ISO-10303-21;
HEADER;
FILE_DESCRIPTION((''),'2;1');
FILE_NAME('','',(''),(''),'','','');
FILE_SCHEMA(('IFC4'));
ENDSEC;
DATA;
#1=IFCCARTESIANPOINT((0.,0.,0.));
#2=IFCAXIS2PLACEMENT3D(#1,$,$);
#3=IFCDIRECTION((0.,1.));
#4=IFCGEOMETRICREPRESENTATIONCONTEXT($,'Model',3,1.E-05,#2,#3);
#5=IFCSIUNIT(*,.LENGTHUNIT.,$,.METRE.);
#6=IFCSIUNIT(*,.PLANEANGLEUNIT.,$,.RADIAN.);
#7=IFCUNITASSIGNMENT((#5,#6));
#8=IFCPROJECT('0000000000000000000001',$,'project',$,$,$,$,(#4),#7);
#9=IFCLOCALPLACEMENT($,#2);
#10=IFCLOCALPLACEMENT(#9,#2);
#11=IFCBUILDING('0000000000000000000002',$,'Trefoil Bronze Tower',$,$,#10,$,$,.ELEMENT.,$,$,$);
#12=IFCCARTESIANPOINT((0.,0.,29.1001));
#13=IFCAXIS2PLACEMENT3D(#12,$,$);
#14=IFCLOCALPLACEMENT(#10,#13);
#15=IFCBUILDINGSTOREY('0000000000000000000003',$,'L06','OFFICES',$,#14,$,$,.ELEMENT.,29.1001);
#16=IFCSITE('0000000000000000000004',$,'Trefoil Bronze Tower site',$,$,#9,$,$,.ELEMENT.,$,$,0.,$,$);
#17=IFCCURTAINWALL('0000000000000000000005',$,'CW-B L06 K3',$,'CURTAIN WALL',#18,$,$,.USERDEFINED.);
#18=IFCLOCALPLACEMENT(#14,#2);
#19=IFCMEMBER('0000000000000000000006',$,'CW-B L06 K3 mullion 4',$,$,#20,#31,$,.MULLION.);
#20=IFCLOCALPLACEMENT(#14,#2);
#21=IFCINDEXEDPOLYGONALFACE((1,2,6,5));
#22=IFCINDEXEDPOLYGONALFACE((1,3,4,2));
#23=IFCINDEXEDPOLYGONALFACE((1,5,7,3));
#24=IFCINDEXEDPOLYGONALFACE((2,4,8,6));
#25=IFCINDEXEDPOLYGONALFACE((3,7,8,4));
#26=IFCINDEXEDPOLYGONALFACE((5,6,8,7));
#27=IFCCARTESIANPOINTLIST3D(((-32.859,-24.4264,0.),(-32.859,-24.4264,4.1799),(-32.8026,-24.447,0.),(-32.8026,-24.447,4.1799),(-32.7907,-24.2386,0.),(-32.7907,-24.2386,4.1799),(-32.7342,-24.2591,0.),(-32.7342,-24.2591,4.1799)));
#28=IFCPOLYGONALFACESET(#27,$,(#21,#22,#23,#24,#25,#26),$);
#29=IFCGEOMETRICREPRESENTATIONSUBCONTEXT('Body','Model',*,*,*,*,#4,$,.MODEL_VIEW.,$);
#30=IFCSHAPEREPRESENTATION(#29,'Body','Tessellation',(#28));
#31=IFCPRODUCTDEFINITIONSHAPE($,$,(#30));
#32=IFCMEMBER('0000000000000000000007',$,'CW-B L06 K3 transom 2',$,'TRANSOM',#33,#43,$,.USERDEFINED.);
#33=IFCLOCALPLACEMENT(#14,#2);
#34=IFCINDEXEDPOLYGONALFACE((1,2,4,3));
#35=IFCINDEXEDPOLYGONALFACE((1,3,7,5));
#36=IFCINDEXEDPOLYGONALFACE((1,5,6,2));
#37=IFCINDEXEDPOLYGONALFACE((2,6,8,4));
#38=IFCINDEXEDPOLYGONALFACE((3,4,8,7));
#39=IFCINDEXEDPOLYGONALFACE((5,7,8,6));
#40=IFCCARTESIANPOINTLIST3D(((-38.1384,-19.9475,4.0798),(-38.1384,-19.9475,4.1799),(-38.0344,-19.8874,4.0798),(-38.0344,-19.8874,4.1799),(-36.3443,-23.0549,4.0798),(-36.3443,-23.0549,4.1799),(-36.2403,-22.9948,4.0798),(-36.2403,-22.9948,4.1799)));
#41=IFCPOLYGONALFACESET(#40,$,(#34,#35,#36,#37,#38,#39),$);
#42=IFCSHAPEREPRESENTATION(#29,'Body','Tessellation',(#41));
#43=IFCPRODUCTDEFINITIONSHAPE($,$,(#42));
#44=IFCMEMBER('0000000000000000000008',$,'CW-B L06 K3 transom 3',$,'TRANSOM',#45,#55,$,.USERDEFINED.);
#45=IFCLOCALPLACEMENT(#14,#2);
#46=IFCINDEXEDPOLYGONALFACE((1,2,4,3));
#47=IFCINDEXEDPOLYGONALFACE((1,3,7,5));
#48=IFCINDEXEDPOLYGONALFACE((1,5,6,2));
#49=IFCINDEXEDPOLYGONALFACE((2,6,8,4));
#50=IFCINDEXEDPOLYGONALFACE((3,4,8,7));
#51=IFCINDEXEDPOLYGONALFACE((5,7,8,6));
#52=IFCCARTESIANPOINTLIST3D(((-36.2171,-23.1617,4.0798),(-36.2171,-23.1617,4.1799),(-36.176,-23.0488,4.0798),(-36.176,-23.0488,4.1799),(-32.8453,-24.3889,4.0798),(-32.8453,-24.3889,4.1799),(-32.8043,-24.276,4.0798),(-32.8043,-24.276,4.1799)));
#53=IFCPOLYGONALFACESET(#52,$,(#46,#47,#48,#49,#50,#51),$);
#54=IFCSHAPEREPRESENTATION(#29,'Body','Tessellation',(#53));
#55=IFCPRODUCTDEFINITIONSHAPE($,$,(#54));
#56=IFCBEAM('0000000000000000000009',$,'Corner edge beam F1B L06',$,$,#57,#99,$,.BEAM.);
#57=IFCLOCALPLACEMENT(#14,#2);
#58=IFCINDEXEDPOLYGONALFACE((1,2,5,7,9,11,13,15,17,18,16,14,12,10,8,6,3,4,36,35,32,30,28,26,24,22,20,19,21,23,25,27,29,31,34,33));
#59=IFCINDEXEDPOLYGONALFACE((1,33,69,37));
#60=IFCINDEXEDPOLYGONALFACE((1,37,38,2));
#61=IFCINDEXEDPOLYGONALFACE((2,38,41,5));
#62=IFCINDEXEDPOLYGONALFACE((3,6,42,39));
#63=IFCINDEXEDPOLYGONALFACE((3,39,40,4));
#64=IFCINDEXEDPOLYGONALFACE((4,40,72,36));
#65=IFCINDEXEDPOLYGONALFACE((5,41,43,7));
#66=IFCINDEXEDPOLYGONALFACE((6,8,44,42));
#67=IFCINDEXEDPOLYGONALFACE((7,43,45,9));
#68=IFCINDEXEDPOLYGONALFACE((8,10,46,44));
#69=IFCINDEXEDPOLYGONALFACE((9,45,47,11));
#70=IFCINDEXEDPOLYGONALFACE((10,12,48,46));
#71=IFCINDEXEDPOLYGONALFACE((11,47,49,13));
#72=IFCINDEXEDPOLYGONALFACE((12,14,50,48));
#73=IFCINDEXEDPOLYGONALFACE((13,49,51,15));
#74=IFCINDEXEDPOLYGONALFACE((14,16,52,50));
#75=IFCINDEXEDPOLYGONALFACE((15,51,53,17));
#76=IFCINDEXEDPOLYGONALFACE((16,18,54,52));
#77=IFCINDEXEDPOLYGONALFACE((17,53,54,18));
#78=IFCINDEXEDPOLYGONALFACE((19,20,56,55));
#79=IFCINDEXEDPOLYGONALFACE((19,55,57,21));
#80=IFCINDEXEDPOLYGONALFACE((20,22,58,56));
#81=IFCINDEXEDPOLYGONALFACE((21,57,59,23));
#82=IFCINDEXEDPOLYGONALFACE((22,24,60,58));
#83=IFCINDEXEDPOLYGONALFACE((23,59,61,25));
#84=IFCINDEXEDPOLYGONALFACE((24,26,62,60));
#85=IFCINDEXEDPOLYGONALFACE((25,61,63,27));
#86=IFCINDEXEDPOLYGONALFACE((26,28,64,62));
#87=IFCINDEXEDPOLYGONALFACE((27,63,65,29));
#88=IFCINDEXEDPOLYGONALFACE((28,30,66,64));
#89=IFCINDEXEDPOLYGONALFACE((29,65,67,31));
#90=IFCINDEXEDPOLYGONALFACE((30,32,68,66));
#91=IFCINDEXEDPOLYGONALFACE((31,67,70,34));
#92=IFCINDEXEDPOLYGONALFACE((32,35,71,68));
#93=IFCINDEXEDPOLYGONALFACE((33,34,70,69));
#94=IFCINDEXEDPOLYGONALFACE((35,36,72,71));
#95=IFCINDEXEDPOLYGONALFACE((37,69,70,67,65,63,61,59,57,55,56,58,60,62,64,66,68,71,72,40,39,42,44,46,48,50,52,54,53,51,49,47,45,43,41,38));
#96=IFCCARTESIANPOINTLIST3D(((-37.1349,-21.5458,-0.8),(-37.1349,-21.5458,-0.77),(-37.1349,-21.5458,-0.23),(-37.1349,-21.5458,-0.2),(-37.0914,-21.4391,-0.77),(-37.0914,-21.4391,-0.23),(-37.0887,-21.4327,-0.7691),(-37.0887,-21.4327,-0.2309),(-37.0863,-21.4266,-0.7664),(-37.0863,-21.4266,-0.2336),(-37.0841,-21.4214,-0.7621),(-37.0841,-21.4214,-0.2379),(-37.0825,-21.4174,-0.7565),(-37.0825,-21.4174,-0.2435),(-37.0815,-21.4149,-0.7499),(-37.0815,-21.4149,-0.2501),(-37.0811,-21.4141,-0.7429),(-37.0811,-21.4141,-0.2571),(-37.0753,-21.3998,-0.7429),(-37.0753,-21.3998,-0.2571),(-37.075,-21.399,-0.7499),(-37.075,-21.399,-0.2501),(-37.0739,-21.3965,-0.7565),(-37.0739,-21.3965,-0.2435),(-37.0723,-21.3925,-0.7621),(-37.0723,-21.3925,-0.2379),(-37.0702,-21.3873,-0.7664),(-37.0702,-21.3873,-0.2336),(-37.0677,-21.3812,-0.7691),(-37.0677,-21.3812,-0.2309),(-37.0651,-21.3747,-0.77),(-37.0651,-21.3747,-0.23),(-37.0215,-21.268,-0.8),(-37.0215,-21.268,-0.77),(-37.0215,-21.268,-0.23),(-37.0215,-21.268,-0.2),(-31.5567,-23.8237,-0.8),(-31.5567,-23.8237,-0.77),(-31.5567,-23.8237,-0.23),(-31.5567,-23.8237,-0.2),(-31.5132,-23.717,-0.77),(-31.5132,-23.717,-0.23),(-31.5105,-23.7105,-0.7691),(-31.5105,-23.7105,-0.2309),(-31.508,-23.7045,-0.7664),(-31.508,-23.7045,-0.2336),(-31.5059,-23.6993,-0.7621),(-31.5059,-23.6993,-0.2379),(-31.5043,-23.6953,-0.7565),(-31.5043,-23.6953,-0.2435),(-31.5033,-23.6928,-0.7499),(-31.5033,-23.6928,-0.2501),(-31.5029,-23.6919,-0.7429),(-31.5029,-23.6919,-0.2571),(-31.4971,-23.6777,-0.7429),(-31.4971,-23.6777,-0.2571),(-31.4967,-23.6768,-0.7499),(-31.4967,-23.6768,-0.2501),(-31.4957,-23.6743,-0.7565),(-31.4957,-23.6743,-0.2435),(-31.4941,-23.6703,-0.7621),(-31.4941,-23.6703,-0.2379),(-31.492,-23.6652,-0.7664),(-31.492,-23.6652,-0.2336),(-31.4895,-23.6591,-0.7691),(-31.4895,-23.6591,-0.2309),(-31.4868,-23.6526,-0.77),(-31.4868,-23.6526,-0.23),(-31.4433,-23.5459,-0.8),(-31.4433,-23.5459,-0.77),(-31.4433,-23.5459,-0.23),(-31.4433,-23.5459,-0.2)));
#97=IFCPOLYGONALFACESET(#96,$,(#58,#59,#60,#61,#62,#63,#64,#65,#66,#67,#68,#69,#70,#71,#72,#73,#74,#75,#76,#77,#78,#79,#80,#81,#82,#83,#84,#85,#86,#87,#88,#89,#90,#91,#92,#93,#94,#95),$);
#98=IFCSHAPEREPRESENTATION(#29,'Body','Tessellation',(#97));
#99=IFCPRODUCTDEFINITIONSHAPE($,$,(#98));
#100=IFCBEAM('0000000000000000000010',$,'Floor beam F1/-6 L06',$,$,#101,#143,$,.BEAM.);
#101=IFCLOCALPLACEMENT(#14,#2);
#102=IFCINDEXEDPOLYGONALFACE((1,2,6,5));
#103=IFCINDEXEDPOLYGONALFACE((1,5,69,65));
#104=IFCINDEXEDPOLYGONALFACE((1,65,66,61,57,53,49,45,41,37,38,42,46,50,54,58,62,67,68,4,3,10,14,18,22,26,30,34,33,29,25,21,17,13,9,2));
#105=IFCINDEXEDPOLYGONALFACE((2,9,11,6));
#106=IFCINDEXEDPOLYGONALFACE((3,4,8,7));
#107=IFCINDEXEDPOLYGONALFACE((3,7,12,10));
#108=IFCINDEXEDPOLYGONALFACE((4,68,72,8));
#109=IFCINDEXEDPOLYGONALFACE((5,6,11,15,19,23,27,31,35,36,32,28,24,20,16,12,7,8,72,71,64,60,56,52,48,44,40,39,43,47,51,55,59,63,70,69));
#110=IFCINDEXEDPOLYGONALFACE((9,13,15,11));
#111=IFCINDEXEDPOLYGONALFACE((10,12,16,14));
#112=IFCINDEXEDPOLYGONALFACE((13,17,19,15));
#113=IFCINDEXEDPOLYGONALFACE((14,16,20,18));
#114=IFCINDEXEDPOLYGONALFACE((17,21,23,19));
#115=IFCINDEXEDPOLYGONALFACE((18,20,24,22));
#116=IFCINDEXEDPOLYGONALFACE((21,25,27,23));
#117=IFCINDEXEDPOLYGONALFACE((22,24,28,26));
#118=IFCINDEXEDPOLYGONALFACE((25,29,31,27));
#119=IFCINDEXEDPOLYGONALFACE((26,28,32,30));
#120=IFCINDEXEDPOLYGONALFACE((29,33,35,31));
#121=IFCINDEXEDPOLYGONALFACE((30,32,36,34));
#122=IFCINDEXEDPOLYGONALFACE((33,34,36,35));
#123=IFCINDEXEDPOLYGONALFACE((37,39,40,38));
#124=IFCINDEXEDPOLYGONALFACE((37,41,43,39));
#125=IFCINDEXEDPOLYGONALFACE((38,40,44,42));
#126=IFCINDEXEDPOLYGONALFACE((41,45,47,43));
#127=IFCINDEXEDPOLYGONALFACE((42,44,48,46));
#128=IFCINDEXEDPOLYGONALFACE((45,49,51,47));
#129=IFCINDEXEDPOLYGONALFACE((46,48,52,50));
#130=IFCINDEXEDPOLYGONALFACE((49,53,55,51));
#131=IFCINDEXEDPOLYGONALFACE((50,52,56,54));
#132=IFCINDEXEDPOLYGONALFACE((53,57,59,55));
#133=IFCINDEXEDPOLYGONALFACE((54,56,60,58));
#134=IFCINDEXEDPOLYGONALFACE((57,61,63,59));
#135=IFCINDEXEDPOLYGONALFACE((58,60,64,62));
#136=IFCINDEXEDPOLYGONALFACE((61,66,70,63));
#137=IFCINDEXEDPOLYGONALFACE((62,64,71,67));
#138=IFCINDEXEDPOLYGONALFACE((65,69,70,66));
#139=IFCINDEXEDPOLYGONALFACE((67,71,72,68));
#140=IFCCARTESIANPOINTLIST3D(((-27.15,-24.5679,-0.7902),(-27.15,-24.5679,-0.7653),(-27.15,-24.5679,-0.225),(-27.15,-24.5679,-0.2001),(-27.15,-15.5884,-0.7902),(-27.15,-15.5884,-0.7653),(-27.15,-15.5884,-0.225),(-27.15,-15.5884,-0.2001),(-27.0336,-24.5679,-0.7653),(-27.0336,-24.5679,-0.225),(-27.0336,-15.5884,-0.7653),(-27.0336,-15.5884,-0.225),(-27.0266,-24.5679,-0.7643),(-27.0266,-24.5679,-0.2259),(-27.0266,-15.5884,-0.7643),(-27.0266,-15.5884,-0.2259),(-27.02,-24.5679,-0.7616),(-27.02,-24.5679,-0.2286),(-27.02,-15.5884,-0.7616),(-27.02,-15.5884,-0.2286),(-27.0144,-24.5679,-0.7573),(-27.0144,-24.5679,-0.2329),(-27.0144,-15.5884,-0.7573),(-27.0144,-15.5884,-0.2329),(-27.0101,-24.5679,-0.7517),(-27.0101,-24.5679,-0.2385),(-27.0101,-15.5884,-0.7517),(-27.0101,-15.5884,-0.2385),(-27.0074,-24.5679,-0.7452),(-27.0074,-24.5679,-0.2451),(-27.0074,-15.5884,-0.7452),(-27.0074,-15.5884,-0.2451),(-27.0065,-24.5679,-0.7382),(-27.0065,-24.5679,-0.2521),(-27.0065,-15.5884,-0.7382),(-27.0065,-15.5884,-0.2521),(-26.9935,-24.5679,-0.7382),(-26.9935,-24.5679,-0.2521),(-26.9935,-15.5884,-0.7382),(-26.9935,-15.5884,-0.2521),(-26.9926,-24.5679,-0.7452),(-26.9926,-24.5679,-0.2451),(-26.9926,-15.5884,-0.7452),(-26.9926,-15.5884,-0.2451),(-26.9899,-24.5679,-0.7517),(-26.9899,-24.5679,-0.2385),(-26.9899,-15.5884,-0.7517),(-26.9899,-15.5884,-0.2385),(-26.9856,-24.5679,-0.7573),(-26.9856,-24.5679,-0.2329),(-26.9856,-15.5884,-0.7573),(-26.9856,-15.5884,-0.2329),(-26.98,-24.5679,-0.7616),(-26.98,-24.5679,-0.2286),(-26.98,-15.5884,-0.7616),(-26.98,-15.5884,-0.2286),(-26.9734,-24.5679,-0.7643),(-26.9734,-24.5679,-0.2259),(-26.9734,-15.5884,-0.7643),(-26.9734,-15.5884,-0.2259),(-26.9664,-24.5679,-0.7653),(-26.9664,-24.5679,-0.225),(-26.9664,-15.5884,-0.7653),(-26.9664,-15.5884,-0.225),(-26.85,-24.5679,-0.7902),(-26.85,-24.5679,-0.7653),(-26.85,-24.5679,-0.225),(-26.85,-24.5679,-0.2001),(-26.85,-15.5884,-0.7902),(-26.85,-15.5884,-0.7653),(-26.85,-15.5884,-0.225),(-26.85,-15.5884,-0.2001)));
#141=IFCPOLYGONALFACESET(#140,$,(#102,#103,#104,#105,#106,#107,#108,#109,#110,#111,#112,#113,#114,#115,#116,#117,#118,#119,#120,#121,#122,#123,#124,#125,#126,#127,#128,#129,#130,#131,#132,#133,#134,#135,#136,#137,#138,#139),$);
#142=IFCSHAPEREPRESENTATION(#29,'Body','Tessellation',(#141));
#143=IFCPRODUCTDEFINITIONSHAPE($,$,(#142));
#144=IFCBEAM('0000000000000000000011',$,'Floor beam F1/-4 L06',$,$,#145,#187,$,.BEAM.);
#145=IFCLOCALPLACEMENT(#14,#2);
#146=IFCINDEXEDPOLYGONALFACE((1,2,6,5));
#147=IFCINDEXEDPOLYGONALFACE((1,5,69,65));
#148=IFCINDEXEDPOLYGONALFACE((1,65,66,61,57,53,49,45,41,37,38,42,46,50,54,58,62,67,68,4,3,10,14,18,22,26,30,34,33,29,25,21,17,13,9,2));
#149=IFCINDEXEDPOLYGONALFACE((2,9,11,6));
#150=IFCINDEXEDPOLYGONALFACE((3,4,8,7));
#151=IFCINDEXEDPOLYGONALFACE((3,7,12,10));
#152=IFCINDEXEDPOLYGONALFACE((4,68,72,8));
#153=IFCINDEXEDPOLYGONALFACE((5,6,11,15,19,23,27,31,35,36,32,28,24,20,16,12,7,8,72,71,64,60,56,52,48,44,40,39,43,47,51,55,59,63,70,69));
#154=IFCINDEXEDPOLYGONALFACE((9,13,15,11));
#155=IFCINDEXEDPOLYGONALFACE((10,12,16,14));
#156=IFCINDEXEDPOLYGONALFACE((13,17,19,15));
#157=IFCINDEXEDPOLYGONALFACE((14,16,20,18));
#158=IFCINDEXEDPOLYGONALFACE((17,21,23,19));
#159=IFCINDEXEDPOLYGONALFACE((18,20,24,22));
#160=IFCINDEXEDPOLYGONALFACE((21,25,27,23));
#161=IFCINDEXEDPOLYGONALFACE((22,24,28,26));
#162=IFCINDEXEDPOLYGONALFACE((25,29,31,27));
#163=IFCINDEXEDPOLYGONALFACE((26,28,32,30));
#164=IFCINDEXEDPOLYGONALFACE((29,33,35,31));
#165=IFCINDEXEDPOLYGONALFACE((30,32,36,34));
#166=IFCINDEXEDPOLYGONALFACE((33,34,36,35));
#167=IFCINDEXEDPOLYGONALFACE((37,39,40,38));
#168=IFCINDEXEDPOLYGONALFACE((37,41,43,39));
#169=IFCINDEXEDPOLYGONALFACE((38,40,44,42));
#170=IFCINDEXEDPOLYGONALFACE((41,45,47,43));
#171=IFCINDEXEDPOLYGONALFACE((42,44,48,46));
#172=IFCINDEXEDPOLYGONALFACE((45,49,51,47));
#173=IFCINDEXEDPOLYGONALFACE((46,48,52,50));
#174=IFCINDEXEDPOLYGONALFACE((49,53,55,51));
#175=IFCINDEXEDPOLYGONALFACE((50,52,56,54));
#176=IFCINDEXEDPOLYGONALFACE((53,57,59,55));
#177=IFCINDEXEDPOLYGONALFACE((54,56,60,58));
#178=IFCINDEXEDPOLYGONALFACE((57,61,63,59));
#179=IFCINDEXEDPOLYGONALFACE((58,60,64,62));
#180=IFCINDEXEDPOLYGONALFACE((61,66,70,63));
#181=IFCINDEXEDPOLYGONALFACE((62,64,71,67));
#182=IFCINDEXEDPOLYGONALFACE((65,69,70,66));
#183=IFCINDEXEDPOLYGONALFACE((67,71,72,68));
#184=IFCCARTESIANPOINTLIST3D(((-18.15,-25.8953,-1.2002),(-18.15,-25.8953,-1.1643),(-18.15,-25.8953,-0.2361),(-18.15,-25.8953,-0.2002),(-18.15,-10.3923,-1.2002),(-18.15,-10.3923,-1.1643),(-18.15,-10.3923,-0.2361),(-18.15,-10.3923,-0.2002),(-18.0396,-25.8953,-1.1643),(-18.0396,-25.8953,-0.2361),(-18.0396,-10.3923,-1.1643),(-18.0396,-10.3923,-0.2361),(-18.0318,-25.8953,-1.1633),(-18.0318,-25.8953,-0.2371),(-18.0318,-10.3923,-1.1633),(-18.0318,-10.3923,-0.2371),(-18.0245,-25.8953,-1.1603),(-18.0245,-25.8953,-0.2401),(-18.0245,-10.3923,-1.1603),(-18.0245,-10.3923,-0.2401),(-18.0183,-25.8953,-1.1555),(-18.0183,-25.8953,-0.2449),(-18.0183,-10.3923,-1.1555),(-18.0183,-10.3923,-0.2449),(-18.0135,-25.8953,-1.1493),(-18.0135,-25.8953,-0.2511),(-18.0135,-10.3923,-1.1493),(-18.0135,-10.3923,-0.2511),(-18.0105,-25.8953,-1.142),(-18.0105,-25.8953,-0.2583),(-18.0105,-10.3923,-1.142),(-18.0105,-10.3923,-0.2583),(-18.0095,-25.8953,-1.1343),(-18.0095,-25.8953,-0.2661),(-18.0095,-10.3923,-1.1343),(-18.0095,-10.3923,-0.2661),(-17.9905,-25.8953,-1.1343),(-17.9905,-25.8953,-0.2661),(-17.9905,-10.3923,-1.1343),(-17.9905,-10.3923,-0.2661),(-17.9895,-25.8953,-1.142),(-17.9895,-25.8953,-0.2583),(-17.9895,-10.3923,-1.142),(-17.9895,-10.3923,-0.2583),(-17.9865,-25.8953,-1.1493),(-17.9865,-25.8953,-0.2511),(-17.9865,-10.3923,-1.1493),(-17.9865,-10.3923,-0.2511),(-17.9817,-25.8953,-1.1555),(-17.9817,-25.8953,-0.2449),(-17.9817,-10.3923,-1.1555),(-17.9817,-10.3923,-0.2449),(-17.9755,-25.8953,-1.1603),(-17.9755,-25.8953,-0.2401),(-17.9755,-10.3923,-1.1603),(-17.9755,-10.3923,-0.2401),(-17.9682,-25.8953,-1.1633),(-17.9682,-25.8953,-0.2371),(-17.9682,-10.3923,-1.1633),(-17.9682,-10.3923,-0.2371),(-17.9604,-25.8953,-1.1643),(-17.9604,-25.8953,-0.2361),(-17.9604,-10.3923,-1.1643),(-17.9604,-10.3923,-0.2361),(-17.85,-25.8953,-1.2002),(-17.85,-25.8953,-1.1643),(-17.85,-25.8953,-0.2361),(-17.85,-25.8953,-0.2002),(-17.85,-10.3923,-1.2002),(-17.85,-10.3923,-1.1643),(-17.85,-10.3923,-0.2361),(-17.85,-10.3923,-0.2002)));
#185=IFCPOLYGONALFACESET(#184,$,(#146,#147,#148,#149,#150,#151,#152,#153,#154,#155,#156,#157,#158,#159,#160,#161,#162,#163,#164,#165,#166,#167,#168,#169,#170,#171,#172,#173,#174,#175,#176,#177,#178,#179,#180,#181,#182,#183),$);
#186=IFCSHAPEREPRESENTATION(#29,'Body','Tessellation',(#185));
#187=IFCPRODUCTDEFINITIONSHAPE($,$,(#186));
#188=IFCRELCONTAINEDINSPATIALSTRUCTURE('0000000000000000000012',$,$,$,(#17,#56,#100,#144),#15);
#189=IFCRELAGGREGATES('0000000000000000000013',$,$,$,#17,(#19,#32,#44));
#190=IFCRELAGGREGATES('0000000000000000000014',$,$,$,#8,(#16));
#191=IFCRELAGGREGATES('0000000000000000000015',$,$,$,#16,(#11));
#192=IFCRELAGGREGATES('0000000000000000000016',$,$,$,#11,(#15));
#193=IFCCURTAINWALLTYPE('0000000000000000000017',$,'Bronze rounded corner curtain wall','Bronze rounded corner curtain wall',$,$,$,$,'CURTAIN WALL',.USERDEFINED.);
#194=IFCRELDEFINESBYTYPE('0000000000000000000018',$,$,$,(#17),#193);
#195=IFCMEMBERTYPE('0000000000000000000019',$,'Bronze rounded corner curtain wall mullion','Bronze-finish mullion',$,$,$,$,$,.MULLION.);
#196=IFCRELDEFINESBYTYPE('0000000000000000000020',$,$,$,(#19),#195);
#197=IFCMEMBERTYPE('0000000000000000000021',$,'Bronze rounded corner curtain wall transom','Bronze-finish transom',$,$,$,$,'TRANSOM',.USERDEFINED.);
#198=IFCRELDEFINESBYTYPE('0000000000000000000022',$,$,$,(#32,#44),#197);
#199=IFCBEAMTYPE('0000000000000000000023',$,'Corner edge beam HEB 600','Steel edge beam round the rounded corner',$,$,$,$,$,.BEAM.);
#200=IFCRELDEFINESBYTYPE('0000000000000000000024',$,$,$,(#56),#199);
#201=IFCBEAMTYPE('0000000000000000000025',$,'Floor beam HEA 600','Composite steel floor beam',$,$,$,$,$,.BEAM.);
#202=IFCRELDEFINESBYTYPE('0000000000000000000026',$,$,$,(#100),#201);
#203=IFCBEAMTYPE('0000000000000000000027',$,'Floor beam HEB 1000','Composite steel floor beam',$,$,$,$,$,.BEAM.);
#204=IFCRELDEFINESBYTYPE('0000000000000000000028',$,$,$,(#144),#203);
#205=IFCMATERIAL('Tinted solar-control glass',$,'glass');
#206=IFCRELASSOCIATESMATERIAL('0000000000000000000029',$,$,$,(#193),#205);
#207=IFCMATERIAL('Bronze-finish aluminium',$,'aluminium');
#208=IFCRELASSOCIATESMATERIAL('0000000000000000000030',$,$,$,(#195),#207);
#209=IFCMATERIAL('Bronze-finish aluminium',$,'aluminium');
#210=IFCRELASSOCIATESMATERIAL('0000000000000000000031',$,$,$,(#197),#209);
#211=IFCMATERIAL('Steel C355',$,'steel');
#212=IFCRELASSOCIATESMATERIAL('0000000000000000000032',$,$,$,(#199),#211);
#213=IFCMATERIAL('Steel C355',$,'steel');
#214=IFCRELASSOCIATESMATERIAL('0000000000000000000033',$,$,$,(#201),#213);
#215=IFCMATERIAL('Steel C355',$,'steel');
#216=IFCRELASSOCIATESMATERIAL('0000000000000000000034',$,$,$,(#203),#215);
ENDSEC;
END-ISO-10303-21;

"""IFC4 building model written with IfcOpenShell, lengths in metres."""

from ifc_helpers import new_model, si_unit, direction, frame, origin, origin_2d, place, context, subcontext, project, spatial, rectangle, i_section, extrude, material, material_profile, profile_set, type_object, element, aggregate, save


model = new_model("IFC4")

# Units and contexts
model_context = context("Model", 3, precision=1e-05, world=origin(), true_north=direction((0.0, 1.0)))
body_context = subcontext(model_context, "Body", "Model", "MODEL_VIEW")
ifc_project = project(units=[si_unit("LENGTHUNIT", "METRE"), si_unit("PLANEANGLEUNIT", "RADIAN")], contexts=[model_context])

# Site, building, storey
site_placement = place(None, origin())
site = spatial("IfcSite", under=ifc_project, at=site_placement, Name="Trefoil Bronze Tower site", CompositionType="ELEMENT", RefElevation=0.0)
building_placement = place(site_placement, origin())
building = spatial("IfcBuilding", under=site, at=building_placement, Name="Trefoil Bronze Tower", CompositionType="ELEMENT")
storey_placement = place(building_placement, frame((0.0, 0.0, 29.1001)))
storey = spatial("IfcBuildingStorey", under=building, at=storey_placement, Name="L06", Description="OFFICES", CompositionType="ELEMENT", Elevation=29.1001)

# Curtain wall, members
ifc_material_1 = material(Name="Tinted solar-control glass", Category="glass")
curtain_wall_type_1 = type_object("IfcCurtainWallType", Name="Bronze rounded corner curtain wall", Description="Bronze rounded corner curtain wall", ElementType="CURTAIN WALL", PredefinedType="USERDEFINED", material=ifc_material_1)
curtain_wall_1_placement = place(storey_placement, origin())
curtain_wall_1 = element("IfcCurtainWall", 1, at=curtain_wall_1_placement, inside=storey, type_object=curtain_wall_type_1, Name="CW-B L06 K3", ObjectType="CURTAIN WALL", PredefinedType="USERDEFINED")
ifc_material_2 = material(Name="Bronze-finish aluminium", Category="aluminium")
ifc_material_profile_1 = material_profile(ifc_material_2, rectangle(XDim=0.2, YDim=0.0601, at=origin_2d()), Name="CW-B mullion")
ifc_profile_set_1 = profile_set([ifc_material_profile_1], Name="Bronze-finish aluminium")
member_type_1 = type_object("IfcMemberType", Name="Bronze rounded corner curtain wall mullion", Description="Bronze-finish mullion", PredefinedType="MULLION", material=ifc_profile_set_1)
member_1_placement = place(storey_placement, frame((-32.7966, -24.3428, 0.0), z_axis=(0.0, 0.0, 1.0), x_axis=(0.34202, 0.939693, 0.0)))
member_1 = element("IfcMember", 2, at=member_1_placement, type_object=member_type_1, Name="CW-B L06 K3 mullion 4", PredefinedType="MULLION", context=body_context, shape_type="SweptSolid", body=[
    extrude(rectangle(XDim=0.2, YDim=0.0601, at=origin_2d()), origin(), (0.0, 0.0, 1.0), 4.1799),
])
ifc_material_3 = material(Name="Bronze-finish aluminium", Category="aluminium")
ifc_material_profile_2 = material_profile(ifc_material_3, rectangle(XDim=0.1201, YDim=0.1001, at=origin_2d()), Name="CW-B transom")
ifc_profile_set_2 = profile_set([ifc_material_profile_2], Name="Bronze-finish aluminium")
member_type_2 = type_object("IfcMemberType", Name="Bronze rounded corner curtain wall transom", Description="Bronze-finish transom", ElementType="TRANSOM", PredefinedType="USERDEFINED", material=ifc_profile_set_2)
member_2_placement = place(storey_placement, frame((-38.0864, -19.9175, 4.1299), z_axis=(0.500025, -0.866011, 0.0), x_axis=(0.866011, 0.500025, 0.0)))
member_2 = element("IfcMember", 3, at=member_2_placement, type_object=member_type_2, Name="CW-B L06 K3 transom 2", ObjectType="TRANSOM", PredefinedType="USERDEFINED", context=body_context, shape_type="SweptSolid", body=[
    extrude(rectangle(XDim=0.1201, YDim=0.1001, at=origin_2d()), origin(), (0.0, 0.0, 1.0), 3.5881),
])
member_3_placement = place(storey_placement, frame((-36.1965, -23.1052, 4.1299), z_axis=(0.939688, -0.342033, 0.0), x_axis=(0.342033, 0.939688, 0.0)))
member_3 = element("IfcMember", 4, at=member_3_placement, type_object=member_type_2, Name="CW-B L06 K3 transom 3", ObjectType="TRANSOM", PredefinedType="USERDEFINED", context=body_context, shape_type="SweptSolid", body=[
    extrude(rectangle(XDim=0.1201, YDim=0.1001, at=origin_2d()), origin(), (0.0, 0.0, 1.0), 3.5881),
])

# Beams
ifc_material_4 = material(Name="Steel C355", Category="steel")
ifc_material_profile_3 = material_profile(ifc_material_4, i_section(OverallWidth=0.3, OverallDepth=0.6001, WebThickness=0.0154, FlangeThickness=0.03, FilletRadius=0.0271, at=origin_2d()), Name="HEB 600")
ifc_profile_set_3 = profile_set([ifc_material_profile_3], Name="Steel C355")
beam_type_1 = type_object("IfcBeamType", Name="Corner edge beam HEB 600", Description="Steel edge beam round the rounded corner", PredefinedType="BEAM", material=ifc_profile_set_3)
beam_1_placement = place(storey_placement, frame((-31.5, -23.6848, -0.5), z_axis=(-0.925787, 0.378046, 0.0), x_axis=(-0.378046, -0.925787, 0.0)))
element("IfcBeam", 5, at=beam_1_placement, inside=storey, type_object=beam_type_1, Name="Corner edge beam F1B L06", PredefinedType="BEAM", context=body_context, shape_type="SweptSolid", body=[
    extrude(i_section(OverallWidth=0.3, OverallDepth=0.6001, WebThickness=0.0154, FlangeThickness=0.03, FilletRadius=0.0271, at=origin_2d()), origin(), (0.0, 0.0, 1.0), 6.0254),
])
ifc_material_5 = material(Name="Steel C355", Category="steel")
ifc_material_profile_4 = material_profile(ifc_material_5, i_section(OverallWidth=0.3, OverallDepth=0.5901, WebThickness=0.0129, FlangeThickness=0.0249, FilletRadius=0.0271, at=origin_2d()), Name="HEA 600")
ifc_profile_set_4 = profile_set([ifc_material_profile_4], Name="Steel C355")
beam_type_2 = type_object("IfcBeamType", Name="Floor beam HEA 600", Description="Composite steel floor beam", PredefinedType="BEAM", material=ifc_profile_set_4)
beam_2_placement = place(storey_placement, frame((-27.0, -24.5679, -0.4951), z_axis=(0.0, 1.0, 0.0), x_axis=(-1.0, 0.0, 0.0)))
element("IfcBeam", 6, at=beam_2_placement, inside=storey, type_object=beam_type_2, Name="Floor beam F1/-6 L06", PredefinedType="BEAM", context=body_context, shape_type="SweptSolid", body=[
    extrude(i_section(OverallWidth=0.3, OverallDepth=0.5901, WebThickness=0.0129, FlangeThickness=0.0249, FilletRadius=0.0271, at=origin_2d()), origin(), (0.0, 0.0, 1.0), 8.9795),
])
ifc_material_6 = material(Name="Steel C355", Category="steel")
ifc_material_profile_5 = material_profile(ifc_material_6, i_section(OverallWidth=0.3, OverallDepth=1.0, WebThickness=0.019, FlangeThickness=0.0359, FilletRadius=0.03, at=origin_2d()), Name="HEB 1000")
ifc_profile_set_5 = profile_set([ifc_material_profile_5], Name="Steel C355")
beam_type_3 = type_object("IfcBeamType", Name="Floor beam HEB 1000", Description="Composite steel floor beam", PredefinedType="BEAM", material=ifc_profile_set_5)
beam_3_placement = place(storey_placement, frame((-18.0, -25.8953, -0.7002), z_axis=(0.0, 1.0, 0.0), x_axis=(-1.0, 0.0, 0.0)))
element("IfcBeam", 7, at=beam_3_placement, inside=storey, type_object=beam_type_3, Name="Floor beam F1/-4 L06", PredefinedType="BEAM", context=body_context, shape_type="SweptSolid", body=[
    extrude(i_section(OverallWidth=0.3, OverallDepth=1.0, WebThickness=0.019, FlangeThickness=0.0359, FilletRadius=0.03, at=origin_2d()), origin(), (0.0, 0.0, 1.0), 15.5029),
])

aggregate(curtain_wall_1, [member_1, member_2, member_3])

save(model, "model.ifc")
